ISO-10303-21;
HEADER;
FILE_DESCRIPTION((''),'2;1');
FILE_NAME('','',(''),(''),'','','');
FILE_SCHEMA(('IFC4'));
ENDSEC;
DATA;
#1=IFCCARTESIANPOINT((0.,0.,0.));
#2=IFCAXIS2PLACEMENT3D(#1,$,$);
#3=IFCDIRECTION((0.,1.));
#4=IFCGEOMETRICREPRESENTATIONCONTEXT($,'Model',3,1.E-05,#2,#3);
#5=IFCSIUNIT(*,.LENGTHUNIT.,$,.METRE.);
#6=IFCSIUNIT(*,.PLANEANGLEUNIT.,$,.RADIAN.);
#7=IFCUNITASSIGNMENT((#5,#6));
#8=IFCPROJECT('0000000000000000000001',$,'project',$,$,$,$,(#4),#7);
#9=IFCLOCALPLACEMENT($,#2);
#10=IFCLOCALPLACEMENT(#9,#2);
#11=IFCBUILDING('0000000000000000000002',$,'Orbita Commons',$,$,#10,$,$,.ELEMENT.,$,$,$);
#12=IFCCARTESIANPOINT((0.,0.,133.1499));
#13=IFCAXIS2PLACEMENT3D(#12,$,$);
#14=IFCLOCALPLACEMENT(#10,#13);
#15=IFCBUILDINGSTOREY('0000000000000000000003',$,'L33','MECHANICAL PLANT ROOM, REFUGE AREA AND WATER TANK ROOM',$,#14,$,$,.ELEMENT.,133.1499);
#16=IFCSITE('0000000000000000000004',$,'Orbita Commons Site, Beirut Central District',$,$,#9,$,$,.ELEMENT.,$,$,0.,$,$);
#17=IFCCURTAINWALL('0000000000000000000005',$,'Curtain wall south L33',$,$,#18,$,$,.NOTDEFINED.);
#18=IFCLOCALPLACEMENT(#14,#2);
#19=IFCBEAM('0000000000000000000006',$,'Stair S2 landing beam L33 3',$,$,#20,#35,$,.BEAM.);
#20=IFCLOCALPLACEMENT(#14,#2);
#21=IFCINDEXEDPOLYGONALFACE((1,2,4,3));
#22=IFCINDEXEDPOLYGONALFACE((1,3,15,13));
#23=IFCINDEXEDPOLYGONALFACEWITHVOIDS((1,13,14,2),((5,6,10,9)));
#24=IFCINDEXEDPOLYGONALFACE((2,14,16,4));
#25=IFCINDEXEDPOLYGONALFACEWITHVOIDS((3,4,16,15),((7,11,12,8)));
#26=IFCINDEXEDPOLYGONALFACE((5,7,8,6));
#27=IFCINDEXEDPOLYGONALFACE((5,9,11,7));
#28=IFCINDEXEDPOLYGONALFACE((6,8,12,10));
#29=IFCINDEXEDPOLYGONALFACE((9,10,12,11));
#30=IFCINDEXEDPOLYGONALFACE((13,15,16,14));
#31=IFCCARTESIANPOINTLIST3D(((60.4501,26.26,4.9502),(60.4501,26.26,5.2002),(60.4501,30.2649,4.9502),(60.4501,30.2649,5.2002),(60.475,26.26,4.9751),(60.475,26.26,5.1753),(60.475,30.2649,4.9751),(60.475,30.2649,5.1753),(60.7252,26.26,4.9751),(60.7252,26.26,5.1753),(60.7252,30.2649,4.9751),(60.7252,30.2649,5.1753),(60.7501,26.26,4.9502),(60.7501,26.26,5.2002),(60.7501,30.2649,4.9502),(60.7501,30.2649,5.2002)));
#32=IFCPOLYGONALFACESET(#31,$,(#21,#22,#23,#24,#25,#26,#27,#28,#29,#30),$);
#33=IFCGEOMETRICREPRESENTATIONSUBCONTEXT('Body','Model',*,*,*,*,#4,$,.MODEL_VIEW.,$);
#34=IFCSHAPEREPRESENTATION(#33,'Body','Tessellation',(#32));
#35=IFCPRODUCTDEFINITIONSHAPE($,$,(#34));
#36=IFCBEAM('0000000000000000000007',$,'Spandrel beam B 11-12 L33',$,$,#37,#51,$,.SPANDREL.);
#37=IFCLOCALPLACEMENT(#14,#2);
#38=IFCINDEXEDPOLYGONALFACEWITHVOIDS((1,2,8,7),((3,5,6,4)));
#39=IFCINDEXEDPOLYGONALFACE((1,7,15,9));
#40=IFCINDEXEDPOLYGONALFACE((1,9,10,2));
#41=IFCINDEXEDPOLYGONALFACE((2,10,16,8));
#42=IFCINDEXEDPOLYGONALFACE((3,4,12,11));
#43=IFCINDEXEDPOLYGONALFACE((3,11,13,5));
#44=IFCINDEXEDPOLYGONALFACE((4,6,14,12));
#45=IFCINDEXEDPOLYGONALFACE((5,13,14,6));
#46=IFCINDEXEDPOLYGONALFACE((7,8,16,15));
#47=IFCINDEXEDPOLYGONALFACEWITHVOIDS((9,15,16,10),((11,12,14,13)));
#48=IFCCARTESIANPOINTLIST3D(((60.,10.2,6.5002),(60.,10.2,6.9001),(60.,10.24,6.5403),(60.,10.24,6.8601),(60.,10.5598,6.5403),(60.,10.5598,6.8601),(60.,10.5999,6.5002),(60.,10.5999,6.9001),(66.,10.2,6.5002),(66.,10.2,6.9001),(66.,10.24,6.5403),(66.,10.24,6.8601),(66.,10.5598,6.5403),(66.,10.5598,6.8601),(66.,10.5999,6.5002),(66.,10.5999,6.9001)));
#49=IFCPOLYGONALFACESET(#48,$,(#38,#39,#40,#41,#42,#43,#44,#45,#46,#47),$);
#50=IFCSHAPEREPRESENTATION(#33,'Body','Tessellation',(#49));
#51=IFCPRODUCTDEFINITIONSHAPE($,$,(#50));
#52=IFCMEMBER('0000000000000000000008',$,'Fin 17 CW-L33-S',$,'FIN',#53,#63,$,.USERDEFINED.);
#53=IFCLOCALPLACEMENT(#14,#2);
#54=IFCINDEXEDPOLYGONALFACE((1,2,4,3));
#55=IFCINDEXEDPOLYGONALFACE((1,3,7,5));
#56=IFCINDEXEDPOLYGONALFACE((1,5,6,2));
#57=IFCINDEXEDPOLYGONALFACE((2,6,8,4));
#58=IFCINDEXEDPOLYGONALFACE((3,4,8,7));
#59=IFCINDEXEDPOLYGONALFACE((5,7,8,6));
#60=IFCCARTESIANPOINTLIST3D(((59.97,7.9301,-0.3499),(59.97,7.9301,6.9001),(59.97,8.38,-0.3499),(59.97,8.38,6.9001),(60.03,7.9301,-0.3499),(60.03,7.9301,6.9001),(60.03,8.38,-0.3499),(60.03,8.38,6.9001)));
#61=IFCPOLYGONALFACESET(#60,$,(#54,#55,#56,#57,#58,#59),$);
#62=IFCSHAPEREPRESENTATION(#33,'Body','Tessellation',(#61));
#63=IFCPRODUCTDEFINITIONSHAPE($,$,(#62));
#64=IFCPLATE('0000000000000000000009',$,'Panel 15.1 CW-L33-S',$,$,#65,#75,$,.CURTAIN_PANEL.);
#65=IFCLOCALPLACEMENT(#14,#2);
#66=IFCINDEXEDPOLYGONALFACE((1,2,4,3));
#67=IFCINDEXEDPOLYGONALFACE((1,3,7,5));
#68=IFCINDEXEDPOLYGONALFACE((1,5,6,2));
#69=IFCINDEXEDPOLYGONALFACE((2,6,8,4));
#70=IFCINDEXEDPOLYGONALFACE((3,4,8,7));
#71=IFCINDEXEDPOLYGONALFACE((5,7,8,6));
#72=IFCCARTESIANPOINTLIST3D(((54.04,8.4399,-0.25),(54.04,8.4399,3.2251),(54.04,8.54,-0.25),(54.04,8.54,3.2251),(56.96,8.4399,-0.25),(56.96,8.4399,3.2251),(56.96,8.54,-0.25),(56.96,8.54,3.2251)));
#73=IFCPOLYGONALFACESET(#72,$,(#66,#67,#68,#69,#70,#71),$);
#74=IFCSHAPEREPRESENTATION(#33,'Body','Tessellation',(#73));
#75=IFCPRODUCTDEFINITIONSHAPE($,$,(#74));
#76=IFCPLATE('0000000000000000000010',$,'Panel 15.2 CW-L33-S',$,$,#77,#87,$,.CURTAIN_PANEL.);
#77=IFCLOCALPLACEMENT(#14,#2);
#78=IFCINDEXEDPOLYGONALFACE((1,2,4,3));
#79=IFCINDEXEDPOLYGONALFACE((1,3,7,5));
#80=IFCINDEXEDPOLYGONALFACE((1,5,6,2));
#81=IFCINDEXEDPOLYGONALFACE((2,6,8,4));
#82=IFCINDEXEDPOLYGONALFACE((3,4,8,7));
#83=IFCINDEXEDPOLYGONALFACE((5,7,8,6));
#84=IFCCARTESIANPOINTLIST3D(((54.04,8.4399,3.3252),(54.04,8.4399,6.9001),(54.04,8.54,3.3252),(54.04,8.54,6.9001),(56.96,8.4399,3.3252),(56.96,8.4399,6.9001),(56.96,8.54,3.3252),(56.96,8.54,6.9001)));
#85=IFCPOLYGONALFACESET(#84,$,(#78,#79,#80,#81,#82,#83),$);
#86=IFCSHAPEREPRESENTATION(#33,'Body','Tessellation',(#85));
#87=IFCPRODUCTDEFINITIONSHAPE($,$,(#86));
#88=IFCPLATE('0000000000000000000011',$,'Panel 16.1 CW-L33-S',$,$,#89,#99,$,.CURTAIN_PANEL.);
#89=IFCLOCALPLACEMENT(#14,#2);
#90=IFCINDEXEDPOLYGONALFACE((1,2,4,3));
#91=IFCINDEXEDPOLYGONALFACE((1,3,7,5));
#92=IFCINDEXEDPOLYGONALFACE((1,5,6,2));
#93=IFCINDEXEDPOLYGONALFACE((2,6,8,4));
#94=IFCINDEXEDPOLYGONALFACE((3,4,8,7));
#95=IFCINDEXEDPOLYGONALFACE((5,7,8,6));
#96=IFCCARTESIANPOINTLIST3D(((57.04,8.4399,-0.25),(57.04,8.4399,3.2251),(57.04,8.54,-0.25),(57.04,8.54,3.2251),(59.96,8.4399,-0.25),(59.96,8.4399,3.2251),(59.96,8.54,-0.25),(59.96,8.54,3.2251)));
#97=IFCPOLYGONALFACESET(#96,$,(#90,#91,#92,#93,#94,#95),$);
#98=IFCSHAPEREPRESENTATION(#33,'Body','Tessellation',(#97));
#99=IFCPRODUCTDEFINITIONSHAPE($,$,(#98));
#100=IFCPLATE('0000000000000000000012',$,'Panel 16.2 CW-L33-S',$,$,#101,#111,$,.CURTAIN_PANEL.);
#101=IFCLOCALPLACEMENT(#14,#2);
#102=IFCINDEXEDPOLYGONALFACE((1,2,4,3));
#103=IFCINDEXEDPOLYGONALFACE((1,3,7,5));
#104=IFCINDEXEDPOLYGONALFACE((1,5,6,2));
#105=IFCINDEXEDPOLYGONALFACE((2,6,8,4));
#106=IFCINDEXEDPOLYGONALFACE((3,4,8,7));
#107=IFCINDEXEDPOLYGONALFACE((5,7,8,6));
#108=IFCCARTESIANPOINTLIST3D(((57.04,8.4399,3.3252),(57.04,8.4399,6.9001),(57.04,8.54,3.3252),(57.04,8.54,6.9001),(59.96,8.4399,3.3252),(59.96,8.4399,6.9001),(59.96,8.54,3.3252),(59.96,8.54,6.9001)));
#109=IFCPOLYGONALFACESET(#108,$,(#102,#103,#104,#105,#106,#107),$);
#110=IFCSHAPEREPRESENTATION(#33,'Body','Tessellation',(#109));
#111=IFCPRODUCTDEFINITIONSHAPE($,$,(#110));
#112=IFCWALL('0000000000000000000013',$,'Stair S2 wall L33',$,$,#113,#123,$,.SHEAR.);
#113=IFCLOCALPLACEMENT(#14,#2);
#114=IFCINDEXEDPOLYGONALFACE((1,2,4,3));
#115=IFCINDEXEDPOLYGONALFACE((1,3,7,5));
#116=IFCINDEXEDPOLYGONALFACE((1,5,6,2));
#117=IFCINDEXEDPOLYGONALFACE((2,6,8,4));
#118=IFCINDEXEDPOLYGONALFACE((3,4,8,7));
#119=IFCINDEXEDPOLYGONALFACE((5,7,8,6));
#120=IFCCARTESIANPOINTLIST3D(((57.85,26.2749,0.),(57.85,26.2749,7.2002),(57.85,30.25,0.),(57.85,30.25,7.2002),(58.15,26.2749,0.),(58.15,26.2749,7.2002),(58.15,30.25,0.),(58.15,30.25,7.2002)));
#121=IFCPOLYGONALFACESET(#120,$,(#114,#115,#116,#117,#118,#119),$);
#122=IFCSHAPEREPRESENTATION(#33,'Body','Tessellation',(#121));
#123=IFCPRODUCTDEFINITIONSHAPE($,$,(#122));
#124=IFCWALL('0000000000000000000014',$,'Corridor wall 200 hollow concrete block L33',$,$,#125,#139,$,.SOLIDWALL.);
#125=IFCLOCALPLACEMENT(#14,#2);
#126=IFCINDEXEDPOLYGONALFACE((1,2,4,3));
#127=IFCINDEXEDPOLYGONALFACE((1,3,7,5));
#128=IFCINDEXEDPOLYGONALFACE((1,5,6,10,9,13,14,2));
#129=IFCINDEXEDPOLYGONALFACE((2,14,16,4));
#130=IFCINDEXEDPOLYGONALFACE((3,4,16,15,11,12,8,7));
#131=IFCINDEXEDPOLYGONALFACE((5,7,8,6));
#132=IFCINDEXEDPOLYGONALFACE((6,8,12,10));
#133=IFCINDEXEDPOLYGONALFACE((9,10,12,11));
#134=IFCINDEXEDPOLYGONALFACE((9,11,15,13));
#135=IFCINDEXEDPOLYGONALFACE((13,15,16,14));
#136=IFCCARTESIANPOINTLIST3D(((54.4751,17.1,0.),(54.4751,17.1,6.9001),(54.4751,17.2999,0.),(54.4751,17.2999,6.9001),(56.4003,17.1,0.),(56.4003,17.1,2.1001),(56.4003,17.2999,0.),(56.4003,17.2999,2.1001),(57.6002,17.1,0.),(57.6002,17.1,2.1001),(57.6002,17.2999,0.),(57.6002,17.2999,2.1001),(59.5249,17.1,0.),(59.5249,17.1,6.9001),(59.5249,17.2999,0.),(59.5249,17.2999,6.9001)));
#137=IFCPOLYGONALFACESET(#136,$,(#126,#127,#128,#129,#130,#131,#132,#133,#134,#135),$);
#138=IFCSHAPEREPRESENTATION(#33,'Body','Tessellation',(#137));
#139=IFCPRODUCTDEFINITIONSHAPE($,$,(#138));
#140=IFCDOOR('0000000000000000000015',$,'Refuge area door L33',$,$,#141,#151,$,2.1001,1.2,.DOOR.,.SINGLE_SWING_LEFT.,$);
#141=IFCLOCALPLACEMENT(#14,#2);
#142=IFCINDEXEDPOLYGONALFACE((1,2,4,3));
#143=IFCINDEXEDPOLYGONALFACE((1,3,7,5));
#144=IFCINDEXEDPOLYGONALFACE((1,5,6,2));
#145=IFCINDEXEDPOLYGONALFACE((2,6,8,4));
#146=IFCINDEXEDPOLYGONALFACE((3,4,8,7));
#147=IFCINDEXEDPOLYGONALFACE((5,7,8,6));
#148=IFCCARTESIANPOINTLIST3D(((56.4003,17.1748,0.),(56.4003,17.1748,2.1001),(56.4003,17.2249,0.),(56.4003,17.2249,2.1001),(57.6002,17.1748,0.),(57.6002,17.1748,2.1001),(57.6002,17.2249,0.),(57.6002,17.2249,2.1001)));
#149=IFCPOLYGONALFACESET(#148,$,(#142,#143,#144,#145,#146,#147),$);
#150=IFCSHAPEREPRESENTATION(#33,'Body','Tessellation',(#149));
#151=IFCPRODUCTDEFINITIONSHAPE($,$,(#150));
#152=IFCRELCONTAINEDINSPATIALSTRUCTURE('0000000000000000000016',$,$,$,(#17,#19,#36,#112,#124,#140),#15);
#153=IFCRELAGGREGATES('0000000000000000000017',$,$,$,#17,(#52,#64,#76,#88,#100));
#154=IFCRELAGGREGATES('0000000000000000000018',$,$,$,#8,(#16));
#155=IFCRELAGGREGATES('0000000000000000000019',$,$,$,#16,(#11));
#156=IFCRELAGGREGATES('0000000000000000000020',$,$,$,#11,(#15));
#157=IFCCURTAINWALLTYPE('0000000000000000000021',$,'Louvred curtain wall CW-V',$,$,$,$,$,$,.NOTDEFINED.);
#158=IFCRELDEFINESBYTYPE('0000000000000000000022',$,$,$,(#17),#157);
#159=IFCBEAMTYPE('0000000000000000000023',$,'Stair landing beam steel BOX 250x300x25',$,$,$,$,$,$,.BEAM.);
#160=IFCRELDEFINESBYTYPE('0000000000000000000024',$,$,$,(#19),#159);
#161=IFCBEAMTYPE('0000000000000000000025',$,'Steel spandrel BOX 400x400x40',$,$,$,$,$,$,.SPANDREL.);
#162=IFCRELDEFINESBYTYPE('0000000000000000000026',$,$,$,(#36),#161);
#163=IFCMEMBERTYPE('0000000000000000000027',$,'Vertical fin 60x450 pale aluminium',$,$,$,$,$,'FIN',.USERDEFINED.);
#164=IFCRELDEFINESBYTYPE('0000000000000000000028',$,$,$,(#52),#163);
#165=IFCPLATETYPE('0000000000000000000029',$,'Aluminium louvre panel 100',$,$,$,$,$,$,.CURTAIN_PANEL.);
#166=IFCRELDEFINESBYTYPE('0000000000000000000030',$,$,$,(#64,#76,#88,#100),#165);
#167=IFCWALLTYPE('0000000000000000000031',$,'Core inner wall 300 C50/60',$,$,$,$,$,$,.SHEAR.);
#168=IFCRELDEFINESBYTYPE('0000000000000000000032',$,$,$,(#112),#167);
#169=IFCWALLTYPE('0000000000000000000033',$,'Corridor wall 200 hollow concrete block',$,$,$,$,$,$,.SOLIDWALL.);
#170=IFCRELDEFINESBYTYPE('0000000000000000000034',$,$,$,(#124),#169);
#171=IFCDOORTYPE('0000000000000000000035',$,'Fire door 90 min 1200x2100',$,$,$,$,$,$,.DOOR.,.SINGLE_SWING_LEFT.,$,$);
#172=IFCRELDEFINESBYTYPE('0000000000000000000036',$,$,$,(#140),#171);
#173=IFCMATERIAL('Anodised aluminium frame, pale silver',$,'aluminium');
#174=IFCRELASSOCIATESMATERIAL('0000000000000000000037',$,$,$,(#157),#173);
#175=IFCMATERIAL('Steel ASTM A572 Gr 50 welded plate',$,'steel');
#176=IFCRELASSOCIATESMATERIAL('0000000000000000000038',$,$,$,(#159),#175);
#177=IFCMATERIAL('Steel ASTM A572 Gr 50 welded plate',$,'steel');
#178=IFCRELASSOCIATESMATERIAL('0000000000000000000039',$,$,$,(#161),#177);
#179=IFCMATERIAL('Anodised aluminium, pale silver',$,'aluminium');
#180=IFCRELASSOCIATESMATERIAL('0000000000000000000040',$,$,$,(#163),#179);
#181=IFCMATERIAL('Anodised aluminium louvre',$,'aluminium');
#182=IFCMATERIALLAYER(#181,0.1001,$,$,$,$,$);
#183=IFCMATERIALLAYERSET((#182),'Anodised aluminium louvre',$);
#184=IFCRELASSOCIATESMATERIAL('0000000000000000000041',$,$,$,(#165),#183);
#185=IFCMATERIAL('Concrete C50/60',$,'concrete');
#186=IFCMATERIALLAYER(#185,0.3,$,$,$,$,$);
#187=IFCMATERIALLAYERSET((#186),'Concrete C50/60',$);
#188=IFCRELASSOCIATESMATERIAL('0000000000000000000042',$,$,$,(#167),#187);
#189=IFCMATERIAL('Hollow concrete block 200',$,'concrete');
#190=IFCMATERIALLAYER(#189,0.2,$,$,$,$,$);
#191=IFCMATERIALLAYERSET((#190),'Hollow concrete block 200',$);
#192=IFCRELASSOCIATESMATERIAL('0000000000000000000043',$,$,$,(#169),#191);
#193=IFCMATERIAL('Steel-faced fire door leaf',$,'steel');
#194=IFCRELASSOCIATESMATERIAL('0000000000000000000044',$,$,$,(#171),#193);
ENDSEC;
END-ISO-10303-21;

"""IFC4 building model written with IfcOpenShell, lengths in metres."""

from ifc_helpers import new_model, si_unit, direction, frame, frame_2d, origin, origin_2d, place, context, subcontext, project, spatial, rectangle, hollow_rectangle, extrude, material, layer, layer_set, material_profile, profile_set, type_object, element, fill, aggregate, save


model = new_model("IFC4")

# Units and contexts
model_context = context("Model", 3, precision=1e-05, world=origin(), true_north=direction((0.0, 1.0)))
body_context = subcontext(model_context, "Body", "Model", "MODEL_VIEW")
ifc_project = project(units=[si_unit("LENGTHUNIT", "METRE"), si_unit("PLANEANGLEUNIT", "RADIAN")], contexts=[model_context])

# Site, building, storey
site_placement = place(None, origin())
site = spatial("IfcSite", under=ifc_project, at=site_placement, Name="Orbita Commons Site, Beirut Central District", CompositionType="ELEMENT", RefElevation=0.0)
building_placement = place(site_placement, origin())
building = spatial("IfcBuilding", under=site, at=building_placement, Name="Orbita Commons", CompositionType="ELEMENT")
storey_placement = place(building_placement, frame((0.0, 0.0, 133.1499)))
storey = spatial("IfcBuildingStorey", under=building, at=storey_placement, Name="L33", Description="MECHANICAL PLANT ROOM, REFUGE AREA AND WATER TANK ROOM", CompositionType="ELEMENT", Elevation=133.1499)

# Curtain wall
ifc_material_1 = material(Name="Anodised aluminium frame, pale silver", Category="aluminium")
curtain_wall_type = type_object("IfcCurtainWallType", Name="Louvred curtain wall CW-V", PredefinedType="NOTDEFINED", material=ifc_material_1)
curtain_wall_placement = place(storey_placement, origin())
curtain_wall = element("IfcCurtainWall", 1, at=curtain_wall_placement, inside=storey, type_object=curtain_wall_type, Name="Curtain wall south L33", PredefinedType="NOTDEFINED")

# Beams
ifc_material_2 = material(Name="Steel ASTM A572 Gr 50 welded plate", Category="steel")
ifc_material_profile_1 = material_profile(ifc_material_2, hollow_rectangle(XDim=0.3, YDim=0.25, WallThickness=0.0249, at=origin_2d()), Name="BOX 250x300x25")
ifc_profile_set_1 = profile_set([ifc_material_profile_1], Name="Steel ASTM A572 Gr 50 welded plate")
beam_type_1 = type_object("IfcBeamType", Name="Stair landing beam steel BOX 250x300x25", PredefinedType="BEAM", material=ifc_profile_set_1)
for number, where, z_axis, x_axis, name in (
    (2, (60.6001, 26.26, 5.0752), (0.0, 1.0, 0.0), (-1.0, 0.0, 0.0), "Stair S2 landing beam L33 3"),
):
    element("IfcBeam", number, at=place(storey_placement, frame(where, z_axis=z_axis, x_axis=x_axis)), inside=storey, type_object=beam_type_1, Name=name, PredefinedType="BEAM", context=body_context, shape_type="SweptSolid", body=[
        extrude(hollow_rectangle(XDim=0.3, YDim=0.25, WallThickness=0.0249, at=origin_2d()), origin(), (0.0, 0.0, 1.0), 4.0049),
    ])
ifc_material_3 = material(Name="Steel ASTM A572 Gr 50 welded plate", Category="steel")
ifc_material_profile_2 = material_profile(ifc_material_3, hollow_rectangle(XDim=0.3999, YDim=0.3999, WallThickness=0.04, at=origin_2d()), Name="BOX 400x400x40")
ifc_profile_set_2 = profile_set([ifc_material_profile_2], Name="Steel ASTM A572 Gr 50 welded plate")
beam_type_2 = type_object("IfcBeamType", Name="Steel spandrel BOX 400x400x40", PredefinedType="SPANDREL", material=ifc_profile_set_2)
beam_placement = place(storey_placement, frame((60.0, 10.3999, 6.7002), z_axis=(1.0, 0.0, 0.0), x_axis=(0.0, 1.0, 0.0)))
element("IfcBeam", 3, at=beam_placement, inside=storey, type_object=beam_type_2, Name="Spandrel beam B 11-12 L33", PredefinedType="SPANDREL", context=body_context, shape_type="SweptSolid", body=[
    extrude(hollow_rectangle(XDim=0.3999, YDim=0.3999, WallThickness=0.04, at=origin_2d()), origin(), (0.0, 0.0, 1.0), 6.0),
])

# Member
ifc_material_4 = material(Name="Anodised aluminium, pale silver", Category="aluminium")
ifc_material_profile_3 = material_profile(ifc_material_4, rectangle(XDim=0.0601, YDim=0.45, at=origin_2d()), Name="FIN 60x450")
ifc_profile_set_3 = profile_set([ifc_material_profile_3], Name="Anodised aluminium, pale silver")
member_type_1 = type_object("IfcMemberType", Name="Vertical fin 60x450 pale aluminium", ElementType="FIN", PredefinedType="USERDEFINED", material=ifc_profile_set_3)
member_1_placement = place(storey_placement, frame((60.0, 8.155, -0.3499), z_axis=(0.0, 0.0, 1.0), x_axis=(1.0, 0.0, 0.0)))
member_1 = element("IfcMember", 4, at=member_1_placement, type_object=member_type_1, Name="Fin 17 CW-L33-S", ObjectType="FIN", PredefinedType="USERDEFINED", context=body_context, shape_type="SweptSolid", body=[
    extrude(rectangle(XDim=0.0601, YDim=0.45, at=origin_2d()), origin(), (0.0, 0.0, 1.0), 7.25),
])

# Plates
ifc_material_5 = material(Name="Anodised aluminium louvre", Category="aluminium")
ifc_layer_1 = layer(ifc_material_5, 0.1001)
ifc_layer_set_1 = layer_set([ifc_layer_1], Name="Anodised aluminium louvre")
plate_type = type_object("IfcPlateType", Name="Aluminium louvre panel 100", PredefinedType="CURTAIN_PANEL", material=ifc_layer_set_1)
plate_1_placement = place(storey_placement, frame((55.5, 8.49, -0.25), z_axis=(0.0, 0.0, 1.0), x_axis=(1.0, 0.0, 0.0)))
plate_1 = element("IfcPlate", 5, at=plate_1_placement, type_object=plate_type, Name="Panel 15.1 CW-L33-S", PredefinedType="CURTAIN_PANEL", context=body_context, shape_type="SweptSolid", body=[
    extrude(rectangle(XDim=2.9199, YDim=0.1001, at=origin_2d()), origin(), (0.0, 0.0, 1.0), 3.4751),
])
plate_2_placement = place(storey_placement, frame((55.5, 8.49, 3.3252), z_axis=(0.0, 0.0, 1.0), x_axis=(1.0, 0.0, 0.0)))
plate_2 = element("IfcPlate", 6, at=plate_2_placement, type_object=plate_type, Name="Panel 15.2 CW-L33-S", PredefinedType="CURTAIN_PANEL", context=body_context, shape_type="SweptSolid", body=[
    extrude(rectangle(XDim=2.9199, YDim=0.1001, at=origin_2d()), origin(), (0.0, 0.0, 1.0), 3.575),
])
plate_3_placement = place(storey_placement, frame((58.5, 8.49, -0.25), z_axis=(0.0, 0.0, 1.0), x_axis=(1.0, 0.0, 0.0)))
plate_3 = element("IfcPlate", 7, at=plate_3_placement, type_object=plate_type, Name="Panel 16.1 CW-L33-S", PredefinedType="CURTAIN_PANEL", context=body_context, shape_type="SweptSolid", body=[
    extrude(rectangle(XDim=2.9199, YDim=0.1001, at=origin_2d()), origin(), (0.0, 0.0, 1.0), 3.4751),
])
plate_4_placement = place(storey_placement, frame((58.5, 8.49, 3.3252), z_axis=(0.0, 0.0, 1.0), x_axis=(1.0, 0.0, 0.0)))
plate_4 = element("IfcPlate", 8, at=plate_4_placement, type_object=plate_type, Name="Panel 16.2 CW-L33-S", PredefinedType="CURTAIN_PANEL", context=body_context, shape_type="SweptSolid", body=[
    extrude(rectangle(XDim=2.9199, YDim=0.1001, at=origin_2d()), origin(), (0.0, 0.0, 1.0), 3.575),
])
aggregate(curtain_wall, [member_1, plate_1, plate_2, plate_3, plate_4])

# Wall
ifc_material_6 = material(Name="Concrete C50/60", Category="concrete")
ifc_layer_2 = layer(ifc_material_6, 0.3)
ifc_layer_set_2 = layer_set([ifc_layer_2], Name="Concrete C50/60")
wall_type_1 = type_object("IfcWallType", Name="Core inner wall 300 C50/60", PredefinedType="SHEAR", material=ifc_layer_set_2)
wall_1_placement = place(storey_placement, frame((58.0, 26.2749, 0.0), z_axis=(0.0, 0.0, 1.0), x_axis=(0.0, 1.0, 0.0)))
element("IfcWall", 9, at=wall_1_placement, inside=storey, type_object=wall_type_1, Name="Stair S2 wall L33", PredefinedType="SHEAR", context=body_context, shape_type="SweptSolid", body=[
    extrude(rectangle(XDim=3.9751, YDim=0.3, at=frame_2d((1.9875, 0.0))), origin(), (0.0, 0.0, 1.0), 7.2002),
])

# Wall, opening, door
ifc_material_7 = material(Name="Hollow concrete block 200", Category="concrete")
ifc_layer_3 = layer(ifc_material_7, 0.2)
ifc_layer_set_3 = layer_set([ifc_layer_3], Name="Hollow concrete block 200")
wall_type_2 = type_object("IfcWallType", Name="Corridor wall 200 hollow concrete block", PredefinedType="SOLIDWALL", material=ifc_layer_set_3)
wall_2_placement = place(storey_placement, frame((54.4751, 17.2, 0.0), z_axis=(0.0, 0.0, 1.0), x_axis=(1.0, 0.0, 0.0)))
wall_2 = element("IfcWall", 10, at=wall_2_placement, inside=storey, type_object=wall_type_2, Name="Corridor wall 200 hollow concrete block L33", PredefinedType="SOLIDWALL", context=body_context, shape_type="SweptSolid", body=[
    extrude(rectangle(XDim=5.0498, YDim=0.2, at=frame_2d((2.5249, 0.0))), origin(), (0.0, 0.0, 1.0), 6.9001),
])
opening_1_placement = place(wall_2_placement, frame((1.925, 0.0, 0.0)))
opening_1 = element("IfcOpeningElement", 11, at=opening_1_placement, cuts=wall_2, PredefinedType="OPENING", context=body_context, shape_type="SweptSolid", body=[
    extrude(rectangle(XDim=1.2, YDim=2.1001, at=frame_2d((0.6001, 1.05))), frame((0.0, 0.1099, 0.0), z_axis=(0.0, -1.0, 0.0), x_axis=(1.0, 0.0, 0.0)), (0.0, 0.0, 1.0), 0.22),
])
ifc_material_8 = material(Name="Steel-faced fire door leaf", Category="steel")
door_type = type_object("IfcDoorType", Name="Fire door 90 min 1200x2100", OperationType="SINGLE_SWING_LEFT", PredefinedType="DOOR", material=ifc_material_8)
door_1_placement = place(opening_1_placement, origin())
door_1 = element("IfcDoor", 12, at=door_1_placement, inside=storey, type_object=door_type, Name="Refuge area door L33", OperationType="SINGLE_SWING_LEFT", OverallHeight=2.1001, OverallWidth=1.2, PredefinedType="DOOR", context=body_context, shape_type="SweptSolid", body=[
    extrude(rectangle(XDim=1.2, YDim=2.1001, at=frame_2d((0.6001, 1.05))), frame((0.0, 0.0249, 0.0), z_axis=(0.0, -1.0, 0.0), x_axis=(1.0, 0.0, 0.0)), (0.0, 0.0, 1.0), 0.05),
])
fill(opening_1, door_1)

save(model, "model.ifc")
